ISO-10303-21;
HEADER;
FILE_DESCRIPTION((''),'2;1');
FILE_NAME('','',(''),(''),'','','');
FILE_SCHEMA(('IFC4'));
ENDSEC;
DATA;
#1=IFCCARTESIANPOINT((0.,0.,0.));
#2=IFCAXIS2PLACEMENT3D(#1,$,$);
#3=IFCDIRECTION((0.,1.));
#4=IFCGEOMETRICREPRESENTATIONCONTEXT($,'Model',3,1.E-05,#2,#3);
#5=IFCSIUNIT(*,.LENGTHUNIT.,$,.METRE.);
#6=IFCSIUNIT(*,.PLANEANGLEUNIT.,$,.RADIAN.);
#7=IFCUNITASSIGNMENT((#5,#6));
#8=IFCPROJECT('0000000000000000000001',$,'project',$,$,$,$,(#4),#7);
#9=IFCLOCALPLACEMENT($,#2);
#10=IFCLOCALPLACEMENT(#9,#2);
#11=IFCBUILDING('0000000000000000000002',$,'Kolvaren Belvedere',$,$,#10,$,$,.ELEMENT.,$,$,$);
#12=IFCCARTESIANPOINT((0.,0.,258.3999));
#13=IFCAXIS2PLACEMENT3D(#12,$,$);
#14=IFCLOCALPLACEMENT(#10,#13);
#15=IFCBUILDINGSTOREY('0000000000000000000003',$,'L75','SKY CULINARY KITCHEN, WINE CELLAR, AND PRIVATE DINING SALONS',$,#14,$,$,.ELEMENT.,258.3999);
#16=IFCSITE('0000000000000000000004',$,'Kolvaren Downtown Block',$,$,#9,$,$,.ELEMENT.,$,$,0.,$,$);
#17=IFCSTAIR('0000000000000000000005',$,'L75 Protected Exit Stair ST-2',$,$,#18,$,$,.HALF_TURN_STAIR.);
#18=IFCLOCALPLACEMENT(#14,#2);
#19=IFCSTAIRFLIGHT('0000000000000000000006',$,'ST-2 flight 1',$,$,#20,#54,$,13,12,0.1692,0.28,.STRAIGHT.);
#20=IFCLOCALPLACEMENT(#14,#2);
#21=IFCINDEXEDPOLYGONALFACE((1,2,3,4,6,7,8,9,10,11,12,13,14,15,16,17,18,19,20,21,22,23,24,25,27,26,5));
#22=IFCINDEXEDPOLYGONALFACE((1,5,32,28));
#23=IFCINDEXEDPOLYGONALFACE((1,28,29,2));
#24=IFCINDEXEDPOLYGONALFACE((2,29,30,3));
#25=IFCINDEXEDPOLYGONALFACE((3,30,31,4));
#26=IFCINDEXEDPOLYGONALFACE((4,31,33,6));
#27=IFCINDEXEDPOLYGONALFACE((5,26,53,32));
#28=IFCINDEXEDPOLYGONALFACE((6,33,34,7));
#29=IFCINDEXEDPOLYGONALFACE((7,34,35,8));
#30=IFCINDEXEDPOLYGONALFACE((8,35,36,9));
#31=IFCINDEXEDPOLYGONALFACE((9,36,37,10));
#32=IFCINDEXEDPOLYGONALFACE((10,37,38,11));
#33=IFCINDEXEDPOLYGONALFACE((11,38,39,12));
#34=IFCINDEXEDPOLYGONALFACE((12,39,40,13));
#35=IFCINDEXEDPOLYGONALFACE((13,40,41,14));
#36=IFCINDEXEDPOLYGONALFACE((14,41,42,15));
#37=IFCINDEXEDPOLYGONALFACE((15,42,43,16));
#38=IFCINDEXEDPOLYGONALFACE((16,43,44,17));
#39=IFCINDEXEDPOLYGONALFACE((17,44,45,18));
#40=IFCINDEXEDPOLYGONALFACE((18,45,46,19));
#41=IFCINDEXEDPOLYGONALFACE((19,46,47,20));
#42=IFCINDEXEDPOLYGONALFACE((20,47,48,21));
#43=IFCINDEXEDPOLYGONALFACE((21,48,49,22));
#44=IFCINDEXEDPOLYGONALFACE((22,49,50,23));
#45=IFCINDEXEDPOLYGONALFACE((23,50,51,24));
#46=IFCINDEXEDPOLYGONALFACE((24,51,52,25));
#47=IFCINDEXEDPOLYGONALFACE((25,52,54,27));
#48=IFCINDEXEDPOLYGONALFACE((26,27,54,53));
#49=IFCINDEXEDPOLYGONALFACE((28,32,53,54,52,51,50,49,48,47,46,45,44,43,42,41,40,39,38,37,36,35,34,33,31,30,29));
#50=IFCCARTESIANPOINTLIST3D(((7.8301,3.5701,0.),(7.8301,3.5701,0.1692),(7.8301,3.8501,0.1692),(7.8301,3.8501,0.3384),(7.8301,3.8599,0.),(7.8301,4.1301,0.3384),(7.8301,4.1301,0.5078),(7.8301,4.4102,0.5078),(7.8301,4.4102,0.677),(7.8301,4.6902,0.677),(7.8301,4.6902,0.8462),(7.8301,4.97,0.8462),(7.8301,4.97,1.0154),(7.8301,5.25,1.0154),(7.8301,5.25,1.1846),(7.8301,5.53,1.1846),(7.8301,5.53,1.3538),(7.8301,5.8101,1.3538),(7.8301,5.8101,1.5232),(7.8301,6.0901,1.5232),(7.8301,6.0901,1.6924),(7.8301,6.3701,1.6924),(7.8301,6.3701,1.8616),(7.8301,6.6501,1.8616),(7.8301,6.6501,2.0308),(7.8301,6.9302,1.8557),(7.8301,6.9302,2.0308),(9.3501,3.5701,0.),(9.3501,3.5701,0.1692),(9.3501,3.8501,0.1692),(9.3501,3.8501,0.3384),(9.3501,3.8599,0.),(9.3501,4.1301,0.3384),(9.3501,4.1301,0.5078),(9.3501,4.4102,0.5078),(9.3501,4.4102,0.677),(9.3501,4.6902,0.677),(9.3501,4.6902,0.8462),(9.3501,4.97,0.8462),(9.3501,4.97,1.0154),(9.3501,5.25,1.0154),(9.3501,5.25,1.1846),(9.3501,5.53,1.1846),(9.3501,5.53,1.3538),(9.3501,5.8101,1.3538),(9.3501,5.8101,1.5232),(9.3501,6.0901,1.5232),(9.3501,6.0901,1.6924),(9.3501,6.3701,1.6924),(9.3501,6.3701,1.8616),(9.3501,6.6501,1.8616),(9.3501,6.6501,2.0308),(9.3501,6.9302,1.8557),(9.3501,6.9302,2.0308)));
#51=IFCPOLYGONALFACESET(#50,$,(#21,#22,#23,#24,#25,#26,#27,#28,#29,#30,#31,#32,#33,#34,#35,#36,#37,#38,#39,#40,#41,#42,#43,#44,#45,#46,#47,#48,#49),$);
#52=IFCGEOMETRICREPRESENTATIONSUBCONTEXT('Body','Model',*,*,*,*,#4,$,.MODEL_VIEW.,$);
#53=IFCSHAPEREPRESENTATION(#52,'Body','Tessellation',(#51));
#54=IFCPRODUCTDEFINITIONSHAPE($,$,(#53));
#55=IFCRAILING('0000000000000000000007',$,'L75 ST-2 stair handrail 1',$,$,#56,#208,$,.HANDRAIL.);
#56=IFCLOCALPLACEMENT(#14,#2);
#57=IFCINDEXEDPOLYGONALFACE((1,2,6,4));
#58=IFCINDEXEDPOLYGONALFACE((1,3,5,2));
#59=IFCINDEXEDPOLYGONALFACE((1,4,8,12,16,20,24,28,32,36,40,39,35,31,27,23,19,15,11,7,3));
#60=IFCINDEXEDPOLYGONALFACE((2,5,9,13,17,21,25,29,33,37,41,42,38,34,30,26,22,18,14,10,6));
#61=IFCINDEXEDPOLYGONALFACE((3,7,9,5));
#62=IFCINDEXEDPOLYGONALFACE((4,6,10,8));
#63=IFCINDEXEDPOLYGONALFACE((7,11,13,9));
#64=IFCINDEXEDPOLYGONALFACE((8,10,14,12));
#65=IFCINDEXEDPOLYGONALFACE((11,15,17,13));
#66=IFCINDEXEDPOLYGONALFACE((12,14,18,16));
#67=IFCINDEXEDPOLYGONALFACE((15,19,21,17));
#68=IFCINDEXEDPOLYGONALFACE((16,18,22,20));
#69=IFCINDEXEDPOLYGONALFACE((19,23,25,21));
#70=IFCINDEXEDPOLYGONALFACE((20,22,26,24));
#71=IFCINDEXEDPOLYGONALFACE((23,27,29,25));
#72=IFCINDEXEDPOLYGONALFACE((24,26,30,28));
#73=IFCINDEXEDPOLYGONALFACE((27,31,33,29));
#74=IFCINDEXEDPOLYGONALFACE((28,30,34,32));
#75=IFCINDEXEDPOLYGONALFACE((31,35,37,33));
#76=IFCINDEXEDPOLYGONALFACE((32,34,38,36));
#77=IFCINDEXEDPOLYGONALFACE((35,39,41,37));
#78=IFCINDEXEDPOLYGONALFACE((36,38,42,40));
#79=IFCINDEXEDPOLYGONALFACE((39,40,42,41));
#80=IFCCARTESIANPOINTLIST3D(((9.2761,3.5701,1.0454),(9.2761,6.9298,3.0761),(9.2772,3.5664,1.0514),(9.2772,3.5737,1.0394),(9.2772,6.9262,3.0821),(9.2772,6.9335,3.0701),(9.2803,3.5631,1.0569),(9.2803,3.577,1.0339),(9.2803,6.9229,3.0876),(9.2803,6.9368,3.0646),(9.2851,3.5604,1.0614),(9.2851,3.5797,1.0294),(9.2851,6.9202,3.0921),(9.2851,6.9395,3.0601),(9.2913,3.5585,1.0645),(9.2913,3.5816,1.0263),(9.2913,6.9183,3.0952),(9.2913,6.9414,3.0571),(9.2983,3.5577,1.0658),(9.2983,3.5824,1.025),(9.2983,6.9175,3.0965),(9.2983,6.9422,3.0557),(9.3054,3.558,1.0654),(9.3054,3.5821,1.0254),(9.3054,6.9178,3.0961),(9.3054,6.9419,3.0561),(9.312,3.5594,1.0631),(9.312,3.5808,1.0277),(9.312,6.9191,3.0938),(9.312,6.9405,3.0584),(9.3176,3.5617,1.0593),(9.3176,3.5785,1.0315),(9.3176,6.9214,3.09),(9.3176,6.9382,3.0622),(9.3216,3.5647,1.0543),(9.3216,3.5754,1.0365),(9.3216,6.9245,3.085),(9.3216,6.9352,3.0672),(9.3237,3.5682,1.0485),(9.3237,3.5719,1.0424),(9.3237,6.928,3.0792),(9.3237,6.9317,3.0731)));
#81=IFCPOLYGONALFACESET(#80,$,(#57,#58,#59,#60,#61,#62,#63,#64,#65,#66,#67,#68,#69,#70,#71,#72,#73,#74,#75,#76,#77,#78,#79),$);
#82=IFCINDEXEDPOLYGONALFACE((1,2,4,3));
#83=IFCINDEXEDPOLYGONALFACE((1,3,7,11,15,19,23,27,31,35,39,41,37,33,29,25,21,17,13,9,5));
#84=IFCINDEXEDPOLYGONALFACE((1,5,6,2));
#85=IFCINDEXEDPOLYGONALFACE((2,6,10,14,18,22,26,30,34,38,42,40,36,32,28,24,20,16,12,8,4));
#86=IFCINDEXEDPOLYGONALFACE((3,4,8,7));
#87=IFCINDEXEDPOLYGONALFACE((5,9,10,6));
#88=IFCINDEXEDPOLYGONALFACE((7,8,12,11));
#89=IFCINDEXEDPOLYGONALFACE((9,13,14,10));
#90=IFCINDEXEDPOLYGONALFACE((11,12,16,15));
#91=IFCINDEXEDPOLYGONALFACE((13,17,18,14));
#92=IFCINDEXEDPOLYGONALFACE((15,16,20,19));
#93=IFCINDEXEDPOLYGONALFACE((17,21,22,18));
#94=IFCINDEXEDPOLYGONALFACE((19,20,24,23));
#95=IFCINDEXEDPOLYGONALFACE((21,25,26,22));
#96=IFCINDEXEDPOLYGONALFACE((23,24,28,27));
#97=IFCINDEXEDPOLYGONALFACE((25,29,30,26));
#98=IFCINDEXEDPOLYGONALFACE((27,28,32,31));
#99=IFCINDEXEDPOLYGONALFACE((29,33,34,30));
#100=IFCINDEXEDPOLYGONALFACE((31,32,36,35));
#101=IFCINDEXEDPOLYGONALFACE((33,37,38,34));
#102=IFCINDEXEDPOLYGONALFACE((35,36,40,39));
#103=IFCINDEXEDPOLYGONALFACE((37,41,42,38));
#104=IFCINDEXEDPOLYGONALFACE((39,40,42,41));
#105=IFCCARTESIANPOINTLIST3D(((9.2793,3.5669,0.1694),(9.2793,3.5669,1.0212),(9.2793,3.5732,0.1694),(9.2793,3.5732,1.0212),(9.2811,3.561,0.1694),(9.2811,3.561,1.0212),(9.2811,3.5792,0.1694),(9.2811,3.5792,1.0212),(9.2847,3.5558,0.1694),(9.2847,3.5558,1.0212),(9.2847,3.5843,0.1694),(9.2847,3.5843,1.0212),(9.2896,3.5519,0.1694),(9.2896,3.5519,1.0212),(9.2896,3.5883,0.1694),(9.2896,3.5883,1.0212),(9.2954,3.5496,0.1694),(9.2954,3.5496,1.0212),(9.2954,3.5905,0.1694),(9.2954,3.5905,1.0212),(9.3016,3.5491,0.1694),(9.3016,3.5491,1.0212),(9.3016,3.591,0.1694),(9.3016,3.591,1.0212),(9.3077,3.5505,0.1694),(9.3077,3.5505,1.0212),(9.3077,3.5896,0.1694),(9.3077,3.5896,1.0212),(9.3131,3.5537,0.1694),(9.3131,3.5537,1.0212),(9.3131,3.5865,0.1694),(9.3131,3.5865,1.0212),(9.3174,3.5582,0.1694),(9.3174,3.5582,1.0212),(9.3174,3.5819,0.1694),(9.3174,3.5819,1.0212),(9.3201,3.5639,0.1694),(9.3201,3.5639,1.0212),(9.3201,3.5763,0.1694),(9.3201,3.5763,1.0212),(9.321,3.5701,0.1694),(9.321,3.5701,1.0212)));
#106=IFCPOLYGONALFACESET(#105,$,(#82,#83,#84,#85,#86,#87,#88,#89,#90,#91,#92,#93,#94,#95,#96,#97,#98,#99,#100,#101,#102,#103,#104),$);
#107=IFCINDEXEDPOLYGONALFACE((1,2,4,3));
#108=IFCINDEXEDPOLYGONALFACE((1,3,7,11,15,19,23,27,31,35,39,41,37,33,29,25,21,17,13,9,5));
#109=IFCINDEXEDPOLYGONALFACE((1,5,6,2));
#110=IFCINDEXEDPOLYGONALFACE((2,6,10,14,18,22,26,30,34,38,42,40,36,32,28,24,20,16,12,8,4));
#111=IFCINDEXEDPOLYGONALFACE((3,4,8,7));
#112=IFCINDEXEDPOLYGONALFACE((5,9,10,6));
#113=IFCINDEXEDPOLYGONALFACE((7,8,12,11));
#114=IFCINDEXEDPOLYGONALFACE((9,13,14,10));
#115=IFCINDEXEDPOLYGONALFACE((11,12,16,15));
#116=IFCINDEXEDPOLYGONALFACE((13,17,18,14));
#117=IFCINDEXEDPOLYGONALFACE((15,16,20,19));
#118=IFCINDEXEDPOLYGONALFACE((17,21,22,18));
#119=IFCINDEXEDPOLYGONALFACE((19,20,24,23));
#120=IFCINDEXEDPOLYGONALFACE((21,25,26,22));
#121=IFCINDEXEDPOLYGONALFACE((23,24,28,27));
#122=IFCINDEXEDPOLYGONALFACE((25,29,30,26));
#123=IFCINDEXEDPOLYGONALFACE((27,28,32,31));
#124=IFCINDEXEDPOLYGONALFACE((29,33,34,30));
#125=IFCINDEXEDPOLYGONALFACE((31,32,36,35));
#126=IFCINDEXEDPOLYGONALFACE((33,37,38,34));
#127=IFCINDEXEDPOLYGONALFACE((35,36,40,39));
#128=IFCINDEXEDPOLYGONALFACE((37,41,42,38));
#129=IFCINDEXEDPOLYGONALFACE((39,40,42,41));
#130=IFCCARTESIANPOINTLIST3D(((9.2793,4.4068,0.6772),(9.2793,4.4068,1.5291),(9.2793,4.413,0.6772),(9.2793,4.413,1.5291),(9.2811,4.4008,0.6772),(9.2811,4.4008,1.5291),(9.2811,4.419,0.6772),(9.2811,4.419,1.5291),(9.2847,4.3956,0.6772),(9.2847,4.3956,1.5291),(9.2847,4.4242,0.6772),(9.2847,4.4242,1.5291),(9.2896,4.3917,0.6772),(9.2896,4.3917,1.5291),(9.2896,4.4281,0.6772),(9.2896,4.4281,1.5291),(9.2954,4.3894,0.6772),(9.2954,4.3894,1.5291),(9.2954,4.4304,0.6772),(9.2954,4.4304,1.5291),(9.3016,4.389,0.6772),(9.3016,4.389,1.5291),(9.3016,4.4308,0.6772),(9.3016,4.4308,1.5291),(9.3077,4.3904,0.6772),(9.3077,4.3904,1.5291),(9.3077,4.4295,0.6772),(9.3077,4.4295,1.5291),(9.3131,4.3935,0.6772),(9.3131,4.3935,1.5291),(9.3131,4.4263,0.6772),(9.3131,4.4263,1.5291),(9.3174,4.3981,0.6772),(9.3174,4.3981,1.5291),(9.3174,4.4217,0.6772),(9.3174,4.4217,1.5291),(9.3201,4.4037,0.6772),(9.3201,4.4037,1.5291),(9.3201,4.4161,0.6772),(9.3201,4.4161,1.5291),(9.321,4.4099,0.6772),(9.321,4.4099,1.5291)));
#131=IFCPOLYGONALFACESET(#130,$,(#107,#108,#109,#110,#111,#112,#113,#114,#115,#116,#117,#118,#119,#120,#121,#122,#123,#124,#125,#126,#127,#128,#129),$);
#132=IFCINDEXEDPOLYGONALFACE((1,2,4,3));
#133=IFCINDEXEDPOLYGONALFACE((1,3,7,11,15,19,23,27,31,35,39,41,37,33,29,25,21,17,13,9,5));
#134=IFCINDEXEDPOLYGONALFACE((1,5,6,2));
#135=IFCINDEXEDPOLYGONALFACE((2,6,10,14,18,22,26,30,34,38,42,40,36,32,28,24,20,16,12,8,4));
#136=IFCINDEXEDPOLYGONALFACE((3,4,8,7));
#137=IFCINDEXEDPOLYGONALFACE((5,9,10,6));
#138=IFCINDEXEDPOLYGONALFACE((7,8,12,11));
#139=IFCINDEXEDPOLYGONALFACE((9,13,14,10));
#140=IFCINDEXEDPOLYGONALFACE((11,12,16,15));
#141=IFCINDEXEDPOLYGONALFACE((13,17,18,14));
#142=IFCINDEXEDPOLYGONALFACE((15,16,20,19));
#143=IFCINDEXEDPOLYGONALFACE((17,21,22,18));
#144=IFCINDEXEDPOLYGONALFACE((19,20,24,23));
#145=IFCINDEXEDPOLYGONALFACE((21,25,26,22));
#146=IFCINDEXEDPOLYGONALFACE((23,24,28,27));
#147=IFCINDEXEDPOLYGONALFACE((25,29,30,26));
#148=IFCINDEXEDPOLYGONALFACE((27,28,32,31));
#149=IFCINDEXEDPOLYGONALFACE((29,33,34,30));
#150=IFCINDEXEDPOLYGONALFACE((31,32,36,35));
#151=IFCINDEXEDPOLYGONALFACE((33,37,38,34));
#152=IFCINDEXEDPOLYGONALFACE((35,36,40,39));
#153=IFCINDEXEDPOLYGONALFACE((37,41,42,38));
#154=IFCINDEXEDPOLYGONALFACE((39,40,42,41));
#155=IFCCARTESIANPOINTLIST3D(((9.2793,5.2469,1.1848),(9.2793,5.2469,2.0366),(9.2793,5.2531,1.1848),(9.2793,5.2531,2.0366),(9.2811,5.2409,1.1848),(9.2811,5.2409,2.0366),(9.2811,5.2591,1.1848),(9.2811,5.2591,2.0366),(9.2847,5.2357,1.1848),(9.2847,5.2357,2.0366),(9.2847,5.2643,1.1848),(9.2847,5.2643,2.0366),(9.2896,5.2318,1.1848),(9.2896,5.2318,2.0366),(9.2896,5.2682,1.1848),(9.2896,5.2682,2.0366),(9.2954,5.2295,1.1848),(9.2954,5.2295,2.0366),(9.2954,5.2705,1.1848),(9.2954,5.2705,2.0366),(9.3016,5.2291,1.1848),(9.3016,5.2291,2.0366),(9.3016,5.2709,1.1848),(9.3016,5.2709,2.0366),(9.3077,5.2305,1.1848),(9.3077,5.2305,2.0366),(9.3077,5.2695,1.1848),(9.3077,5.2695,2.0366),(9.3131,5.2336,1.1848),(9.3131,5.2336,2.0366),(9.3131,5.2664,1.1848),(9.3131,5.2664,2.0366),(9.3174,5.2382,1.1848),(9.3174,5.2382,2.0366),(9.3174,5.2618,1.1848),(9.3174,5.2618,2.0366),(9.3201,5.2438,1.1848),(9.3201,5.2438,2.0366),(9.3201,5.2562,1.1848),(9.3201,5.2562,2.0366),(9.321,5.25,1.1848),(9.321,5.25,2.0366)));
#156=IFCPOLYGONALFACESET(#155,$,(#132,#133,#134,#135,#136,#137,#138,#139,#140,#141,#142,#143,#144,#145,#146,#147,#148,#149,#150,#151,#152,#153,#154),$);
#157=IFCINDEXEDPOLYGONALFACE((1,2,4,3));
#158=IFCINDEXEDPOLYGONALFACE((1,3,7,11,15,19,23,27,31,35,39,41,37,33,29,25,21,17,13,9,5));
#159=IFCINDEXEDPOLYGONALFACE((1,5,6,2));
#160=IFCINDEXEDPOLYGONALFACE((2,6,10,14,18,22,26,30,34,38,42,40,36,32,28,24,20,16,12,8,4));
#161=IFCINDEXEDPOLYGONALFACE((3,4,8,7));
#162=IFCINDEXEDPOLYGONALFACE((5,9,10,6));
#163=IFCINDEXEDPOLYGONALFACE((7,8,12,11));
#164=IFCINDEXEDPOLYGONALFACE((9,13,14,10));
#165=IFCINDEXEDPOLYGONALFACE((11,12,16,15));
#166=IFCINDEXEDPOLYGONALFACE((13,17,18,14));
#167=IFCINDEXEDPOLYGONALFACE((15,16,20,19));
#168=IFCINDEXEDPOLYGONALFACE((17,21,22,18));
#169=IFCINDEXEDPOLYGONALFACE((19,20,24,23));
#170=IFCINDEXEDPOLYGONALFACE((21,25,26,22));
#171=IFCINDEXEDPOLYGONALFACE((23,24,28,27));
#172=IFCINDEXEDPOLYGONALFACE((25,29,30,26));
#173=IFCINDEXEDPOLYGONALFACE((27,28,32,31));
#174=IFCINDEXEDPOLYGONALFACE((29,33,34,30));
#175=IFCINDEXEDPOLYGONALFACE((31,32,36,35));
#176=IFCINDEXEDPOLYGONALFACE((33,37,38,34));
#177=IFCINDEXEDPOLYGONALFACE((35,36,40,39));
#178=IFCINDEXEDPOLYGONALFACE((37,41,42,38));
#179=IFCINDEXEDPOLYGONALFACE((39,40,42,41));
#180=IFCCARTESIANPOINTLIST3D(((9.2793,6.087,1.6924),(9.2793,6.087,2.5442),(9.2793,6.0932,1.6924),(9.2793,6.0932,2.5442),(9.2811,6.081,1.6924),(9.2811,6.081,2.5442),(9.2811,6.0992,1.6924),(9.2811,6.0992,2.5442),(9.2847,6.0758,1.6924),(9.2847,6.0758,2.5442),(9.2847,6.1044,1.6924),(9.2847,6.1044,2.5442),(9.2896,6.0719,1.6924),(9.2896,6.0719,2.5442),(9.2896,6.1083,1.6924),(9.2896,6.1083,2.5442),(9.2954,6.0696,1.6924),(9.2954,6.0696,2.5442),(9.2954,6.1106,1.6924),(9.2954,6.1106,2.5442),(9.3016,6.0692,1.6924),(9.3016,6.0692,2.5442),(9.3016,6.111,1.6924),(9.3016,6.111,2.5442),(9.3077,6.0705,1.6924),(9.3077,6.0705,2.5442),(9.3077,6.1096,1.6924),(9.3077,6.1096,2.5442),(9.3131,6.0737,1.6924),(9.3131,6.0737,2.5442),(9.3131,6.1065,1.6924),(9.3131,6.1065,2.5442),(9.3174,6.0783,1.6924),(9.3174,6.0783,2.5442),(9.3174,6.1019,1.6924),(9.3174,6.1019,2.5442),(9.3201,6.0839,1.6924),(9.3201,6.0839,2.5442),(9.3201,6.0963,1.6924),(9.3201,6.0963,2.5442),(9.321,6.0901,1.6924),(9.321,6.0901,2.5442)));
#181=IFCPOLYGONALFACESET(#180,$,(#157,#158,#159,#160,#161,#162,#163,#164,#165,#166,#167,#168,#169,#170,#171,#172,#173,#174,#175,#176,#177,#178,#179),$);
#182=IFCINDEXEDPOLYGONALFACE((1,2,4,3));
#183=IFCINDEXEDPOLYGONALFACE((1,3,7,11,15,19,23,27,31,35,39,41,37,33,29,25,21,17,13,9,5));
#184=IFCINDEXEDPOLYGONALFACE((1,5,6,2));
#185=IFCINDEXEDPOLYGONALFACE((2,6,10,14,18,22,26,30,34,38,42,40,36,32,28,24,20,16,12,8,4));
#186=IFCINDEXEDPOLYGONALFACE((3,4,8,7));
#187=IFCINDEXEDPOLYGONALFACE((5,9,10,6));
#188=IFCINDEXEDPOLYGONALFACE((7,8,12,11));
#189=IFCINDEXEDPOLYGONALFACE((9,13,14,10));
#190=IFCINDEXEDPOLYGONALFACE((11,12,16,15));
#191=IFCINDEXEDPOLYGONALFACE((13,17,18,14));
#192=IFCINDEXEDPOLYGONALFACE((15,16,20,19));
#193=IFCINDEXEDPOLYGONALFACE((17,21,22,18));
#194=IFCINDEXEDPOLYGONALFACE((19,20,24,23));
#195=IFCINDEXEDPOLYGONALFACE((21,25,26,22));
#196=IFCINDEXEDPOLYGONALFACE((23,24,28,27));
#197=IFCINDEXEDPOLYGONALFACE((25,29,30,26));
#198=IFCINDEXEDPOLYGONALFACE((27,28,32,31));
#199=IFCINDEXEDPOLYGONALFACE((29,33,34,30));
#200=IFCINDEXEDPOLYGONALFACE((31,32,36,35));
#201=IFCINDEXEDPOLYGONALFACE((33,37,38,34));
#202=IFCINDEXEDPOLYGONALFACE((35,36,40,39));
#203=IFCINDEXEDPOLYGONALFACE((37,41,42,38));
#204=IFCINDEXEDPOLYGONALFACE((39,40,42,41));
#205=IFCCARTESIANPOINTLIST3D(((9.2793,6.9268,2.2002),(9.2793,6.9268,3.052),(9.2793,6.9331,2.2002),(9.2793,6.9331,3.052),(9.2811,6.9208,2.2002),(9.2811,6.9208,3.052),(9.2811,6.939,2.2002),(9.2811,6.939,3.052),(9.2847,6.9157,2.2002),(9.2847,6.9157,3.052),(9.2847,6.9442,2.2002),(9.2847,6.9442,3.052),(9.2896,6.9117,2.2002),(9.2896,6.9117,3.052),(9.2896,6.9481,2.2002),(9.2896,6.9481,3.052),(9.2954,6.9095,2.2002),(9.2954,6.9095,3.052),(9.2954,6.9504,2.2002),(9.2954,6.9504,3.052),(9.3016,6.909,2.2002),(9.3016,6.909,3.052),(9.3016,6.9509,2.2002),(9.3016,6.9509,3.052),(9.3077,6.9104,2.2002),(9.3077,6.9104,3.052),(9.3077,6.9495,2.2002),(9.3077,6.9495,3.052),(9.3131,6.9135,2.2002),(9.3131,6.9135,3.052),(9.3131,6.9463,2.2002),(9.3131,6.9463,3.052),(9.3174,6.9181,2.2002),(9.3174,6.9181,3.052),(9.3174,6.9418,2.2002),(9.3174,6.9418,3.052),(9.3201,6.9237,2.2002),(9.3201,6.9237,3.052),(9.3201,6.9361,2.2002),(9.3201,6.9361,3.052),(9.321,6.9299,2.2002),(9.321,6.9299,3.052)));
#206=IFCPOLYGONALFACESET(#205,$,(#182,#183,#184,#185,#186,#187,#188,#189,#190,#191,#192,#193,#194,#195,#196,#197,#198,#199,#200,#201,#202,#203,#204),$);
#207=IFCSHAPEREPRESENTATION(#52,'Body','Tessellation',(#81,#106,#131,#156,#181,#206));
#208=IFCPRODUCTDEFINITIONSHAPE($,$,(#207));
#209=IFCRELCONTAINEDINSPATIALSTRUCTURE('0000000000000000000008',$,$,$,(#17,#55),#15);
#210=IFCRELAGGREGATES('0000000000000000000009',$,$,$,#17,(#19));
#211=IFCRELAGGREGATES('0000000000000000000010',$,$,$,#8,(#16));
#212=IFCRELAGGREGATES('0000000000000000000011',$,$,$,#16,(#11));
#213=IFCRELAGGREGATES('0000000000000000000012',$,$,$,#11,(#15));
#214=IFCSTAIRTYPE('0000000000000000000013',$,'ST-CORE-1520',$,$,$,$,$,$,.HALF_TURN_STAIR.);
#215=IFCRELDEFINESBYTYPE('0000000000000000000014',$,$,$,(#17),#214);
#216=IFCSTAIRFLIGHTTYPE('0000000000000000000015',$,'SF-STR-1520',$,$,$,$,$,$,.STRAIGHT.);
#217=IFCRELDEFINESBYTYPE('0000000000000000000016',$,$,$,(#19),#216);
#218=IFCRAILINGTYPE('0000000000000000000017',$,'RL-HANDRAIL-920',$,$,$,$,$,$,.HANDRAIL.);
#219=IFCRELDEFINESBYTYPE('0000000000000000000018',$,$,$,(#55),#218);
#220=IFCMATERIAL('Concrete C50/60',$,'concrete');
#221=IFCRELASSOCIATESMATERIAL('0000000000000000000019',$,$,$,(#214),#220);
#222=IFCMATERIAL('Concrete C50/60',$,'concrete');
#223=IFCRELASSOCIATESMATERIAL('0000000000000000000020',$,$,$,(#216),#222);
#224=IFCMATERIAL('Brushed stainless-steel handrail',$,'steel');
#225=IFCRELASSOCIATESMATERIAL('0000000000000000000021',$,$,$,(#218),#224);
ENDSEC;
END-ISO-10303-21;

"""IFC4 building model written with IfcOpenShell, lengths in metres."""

from ifc_helpers import new_model, si_unit, direction, frame, origin, origin_2d, place, context, subcontext, project, spatial, polyline, circle, outline, extrude, material, type_object, element, aggregate, save


model = new_model("IFC4")

# Units and contexts
model_context = context("Model", 3, precision=1e-05, world=origin(), true_north=direction((0.0, 1.0)))
body_context = subcontext(model_context, "Body", "Model", "MODEL_VIEW")
ifc_project = project(units=[si_unit("LENGTHUNIT", "METRE"), si_unit("PLANEANGLEUNIT", "RADIAN")], contexts=[model_context])

# Site, building, storey
site_placement = place(None, origin())
site = spatial("IfcSite", under=ifc_project, at=site_placement, Name="Kolvaren Downtown Block", CompositionType="ELEMENT", RefElevation=0.0)
building_placement = place(site_placement, origin())
building = spatial("IfcBuilding", under=site, at=building_placement, Name="Kolvaren Belvedere", CompositionType="ELEMENT")
storey_placement = place(building_placement, frame((0.0, 0.0, 258.3999)))
storey = spatial("IfcBuildingStorey", under=building, at=storey_placement, Name="L75", Description="SKY CULINARY KITCHEN, WINE CELLAR, AND PRIVATE DINING SALONS", CompositionType="ELEMENT", Elevation=258.3999)

# Stair, stair flight
ifc_material_1 = material(Name="Concrete C50/60", Category="concrete")
stair_type = type_object("IfcStairType", Name="ST-CORE-1520", PredefinedType="HALF_TURN_STAIR", material=ifc_material_1)
stair_placement = place(storey_placement, origin())
stair = element("IfcStair", 1, at=stair_placement, inside=storey, type_object=stair_type, Name="L75 Protected Exit Stair ST-2", PredefinedType="HALF_TURN_STAIR")
ifc_material_2 = material(Name="Concrete C50/60", Category="concrete")
stair_flight_type = type_object("IfcStairFlightType", Name="SF-STR-1520", PredefinedType="STRAIGHT", material=ifc_material_2)
stair_flight_placement = place(storey_placement, frame((8.5901, 3.5701, 0.0), z_axis=(0.0, 0.0, 1.0), x_axis=(0.0, 1.0, 0.0)))
stair_flight = element("IfcStairFlight", 2, at=stair_flight_placement, type_object=stair_flight_type, Name="ST-2 flight 1", NumberOfRisers=13, NumberOfTreads=12, PredefinedType="STRAIGHT", RiserHeight=0.1692, TreadLength=0.28, context=body_context, shape_type="SweptSolid", body=[
    extrude(outline(polyline([(0.0, 0.0), (0.0, 0.1692), (0.28, 0.1692), (0.28, 0.3384), (0.5601, 0.3384), (0.5601, 0.5078), (0.8401, 0.5078), (0.8401, 0.677), (1.1201, 0.677), (1.1201, 0.8462), (1.3999, 0.8462), (1.3999, 1.0154), (1.6799, 1.0154), (1.6799, 1.1846), (1.96, 1.1846), (1.96, 1.3538), (2.24, 1.3538), (2.24, 1.5232), (2.52, 1.5232), (2.52, 1.6924), (2.8, 1.6924), (2.8, 1.8616), (3.0801, 1.8616), (3.0801, 2.0308), (3.3601, 2.0308), (3.3601, 2.2), (3.3601, 1.8557), (0.2898, 0.0), (0.0, 0.0)])), frame((0.0, 0.76, 0.0), z_axis=(0.0, -1.0, 0.0), x_axis=(1.0, 0.0, 0.0)), (0.0, 0.0, 1.0), 1.52),
])
aggregate(stair, [stair_flight])

# Railing
ifc_material_3 = material(Name="Brushed stainless-steel handrail", Category="steel")
railing_type = type_object("IfcRailingType", Name="RL-HANDRAIL-920", PredefinedType="HANDRAIL", material=ifc_material_3)
railing_placement = place(storey_placement, frame((9.3, 3.5701, 0.1694)))
element("IfcRailing", 3, at=railing_placement, inside=storey, type_object=railing_type, Name="L75 ST-2 stair handrail 1", PredefinedType="HANDRAIL", context=body_context, shape_type="SweptSolid", body=[
    extrude(circle(Radius=0.0239, at=origin_2d()), frame((0.0, 0.0, 0.876), z_axis=(0.0, 0.85582, 0.517273), x_axis=(-1.0, 0.0, 0.0)), (0.0, 0.0, 1.0), 3.9258),
    extrude(circle(Radius=0.021, at=origin_2d()), origin(), (0.0, 0.0, 1.0), 0.8518),
    extrude(circle(Radius=0.021, at=origin_2d()), frame((0.0, 0.8398, 0.5078)), (0.0, 0.0, 1.0), 0.8518),
    extrude(circle(Radius=0.021, at=origin_2d()), frame((0.0, 1.6799, 1.0154)), (0.0, 0.0, 1.0), 0.8518),
    extrude(circle(Radius=0.021, at=origin_2d()), frame((0.0, 2.52, 1.5229)), (0.0, 0.0, 1.0), 0.8518),
    extrude(circle(Radius=0.021, at=origin_2d()), frame((0.0, 3.3599, 2.0308)), (0.0, 0.0, 1.0), 0.8518),
])

save(model, "model.ifc")
